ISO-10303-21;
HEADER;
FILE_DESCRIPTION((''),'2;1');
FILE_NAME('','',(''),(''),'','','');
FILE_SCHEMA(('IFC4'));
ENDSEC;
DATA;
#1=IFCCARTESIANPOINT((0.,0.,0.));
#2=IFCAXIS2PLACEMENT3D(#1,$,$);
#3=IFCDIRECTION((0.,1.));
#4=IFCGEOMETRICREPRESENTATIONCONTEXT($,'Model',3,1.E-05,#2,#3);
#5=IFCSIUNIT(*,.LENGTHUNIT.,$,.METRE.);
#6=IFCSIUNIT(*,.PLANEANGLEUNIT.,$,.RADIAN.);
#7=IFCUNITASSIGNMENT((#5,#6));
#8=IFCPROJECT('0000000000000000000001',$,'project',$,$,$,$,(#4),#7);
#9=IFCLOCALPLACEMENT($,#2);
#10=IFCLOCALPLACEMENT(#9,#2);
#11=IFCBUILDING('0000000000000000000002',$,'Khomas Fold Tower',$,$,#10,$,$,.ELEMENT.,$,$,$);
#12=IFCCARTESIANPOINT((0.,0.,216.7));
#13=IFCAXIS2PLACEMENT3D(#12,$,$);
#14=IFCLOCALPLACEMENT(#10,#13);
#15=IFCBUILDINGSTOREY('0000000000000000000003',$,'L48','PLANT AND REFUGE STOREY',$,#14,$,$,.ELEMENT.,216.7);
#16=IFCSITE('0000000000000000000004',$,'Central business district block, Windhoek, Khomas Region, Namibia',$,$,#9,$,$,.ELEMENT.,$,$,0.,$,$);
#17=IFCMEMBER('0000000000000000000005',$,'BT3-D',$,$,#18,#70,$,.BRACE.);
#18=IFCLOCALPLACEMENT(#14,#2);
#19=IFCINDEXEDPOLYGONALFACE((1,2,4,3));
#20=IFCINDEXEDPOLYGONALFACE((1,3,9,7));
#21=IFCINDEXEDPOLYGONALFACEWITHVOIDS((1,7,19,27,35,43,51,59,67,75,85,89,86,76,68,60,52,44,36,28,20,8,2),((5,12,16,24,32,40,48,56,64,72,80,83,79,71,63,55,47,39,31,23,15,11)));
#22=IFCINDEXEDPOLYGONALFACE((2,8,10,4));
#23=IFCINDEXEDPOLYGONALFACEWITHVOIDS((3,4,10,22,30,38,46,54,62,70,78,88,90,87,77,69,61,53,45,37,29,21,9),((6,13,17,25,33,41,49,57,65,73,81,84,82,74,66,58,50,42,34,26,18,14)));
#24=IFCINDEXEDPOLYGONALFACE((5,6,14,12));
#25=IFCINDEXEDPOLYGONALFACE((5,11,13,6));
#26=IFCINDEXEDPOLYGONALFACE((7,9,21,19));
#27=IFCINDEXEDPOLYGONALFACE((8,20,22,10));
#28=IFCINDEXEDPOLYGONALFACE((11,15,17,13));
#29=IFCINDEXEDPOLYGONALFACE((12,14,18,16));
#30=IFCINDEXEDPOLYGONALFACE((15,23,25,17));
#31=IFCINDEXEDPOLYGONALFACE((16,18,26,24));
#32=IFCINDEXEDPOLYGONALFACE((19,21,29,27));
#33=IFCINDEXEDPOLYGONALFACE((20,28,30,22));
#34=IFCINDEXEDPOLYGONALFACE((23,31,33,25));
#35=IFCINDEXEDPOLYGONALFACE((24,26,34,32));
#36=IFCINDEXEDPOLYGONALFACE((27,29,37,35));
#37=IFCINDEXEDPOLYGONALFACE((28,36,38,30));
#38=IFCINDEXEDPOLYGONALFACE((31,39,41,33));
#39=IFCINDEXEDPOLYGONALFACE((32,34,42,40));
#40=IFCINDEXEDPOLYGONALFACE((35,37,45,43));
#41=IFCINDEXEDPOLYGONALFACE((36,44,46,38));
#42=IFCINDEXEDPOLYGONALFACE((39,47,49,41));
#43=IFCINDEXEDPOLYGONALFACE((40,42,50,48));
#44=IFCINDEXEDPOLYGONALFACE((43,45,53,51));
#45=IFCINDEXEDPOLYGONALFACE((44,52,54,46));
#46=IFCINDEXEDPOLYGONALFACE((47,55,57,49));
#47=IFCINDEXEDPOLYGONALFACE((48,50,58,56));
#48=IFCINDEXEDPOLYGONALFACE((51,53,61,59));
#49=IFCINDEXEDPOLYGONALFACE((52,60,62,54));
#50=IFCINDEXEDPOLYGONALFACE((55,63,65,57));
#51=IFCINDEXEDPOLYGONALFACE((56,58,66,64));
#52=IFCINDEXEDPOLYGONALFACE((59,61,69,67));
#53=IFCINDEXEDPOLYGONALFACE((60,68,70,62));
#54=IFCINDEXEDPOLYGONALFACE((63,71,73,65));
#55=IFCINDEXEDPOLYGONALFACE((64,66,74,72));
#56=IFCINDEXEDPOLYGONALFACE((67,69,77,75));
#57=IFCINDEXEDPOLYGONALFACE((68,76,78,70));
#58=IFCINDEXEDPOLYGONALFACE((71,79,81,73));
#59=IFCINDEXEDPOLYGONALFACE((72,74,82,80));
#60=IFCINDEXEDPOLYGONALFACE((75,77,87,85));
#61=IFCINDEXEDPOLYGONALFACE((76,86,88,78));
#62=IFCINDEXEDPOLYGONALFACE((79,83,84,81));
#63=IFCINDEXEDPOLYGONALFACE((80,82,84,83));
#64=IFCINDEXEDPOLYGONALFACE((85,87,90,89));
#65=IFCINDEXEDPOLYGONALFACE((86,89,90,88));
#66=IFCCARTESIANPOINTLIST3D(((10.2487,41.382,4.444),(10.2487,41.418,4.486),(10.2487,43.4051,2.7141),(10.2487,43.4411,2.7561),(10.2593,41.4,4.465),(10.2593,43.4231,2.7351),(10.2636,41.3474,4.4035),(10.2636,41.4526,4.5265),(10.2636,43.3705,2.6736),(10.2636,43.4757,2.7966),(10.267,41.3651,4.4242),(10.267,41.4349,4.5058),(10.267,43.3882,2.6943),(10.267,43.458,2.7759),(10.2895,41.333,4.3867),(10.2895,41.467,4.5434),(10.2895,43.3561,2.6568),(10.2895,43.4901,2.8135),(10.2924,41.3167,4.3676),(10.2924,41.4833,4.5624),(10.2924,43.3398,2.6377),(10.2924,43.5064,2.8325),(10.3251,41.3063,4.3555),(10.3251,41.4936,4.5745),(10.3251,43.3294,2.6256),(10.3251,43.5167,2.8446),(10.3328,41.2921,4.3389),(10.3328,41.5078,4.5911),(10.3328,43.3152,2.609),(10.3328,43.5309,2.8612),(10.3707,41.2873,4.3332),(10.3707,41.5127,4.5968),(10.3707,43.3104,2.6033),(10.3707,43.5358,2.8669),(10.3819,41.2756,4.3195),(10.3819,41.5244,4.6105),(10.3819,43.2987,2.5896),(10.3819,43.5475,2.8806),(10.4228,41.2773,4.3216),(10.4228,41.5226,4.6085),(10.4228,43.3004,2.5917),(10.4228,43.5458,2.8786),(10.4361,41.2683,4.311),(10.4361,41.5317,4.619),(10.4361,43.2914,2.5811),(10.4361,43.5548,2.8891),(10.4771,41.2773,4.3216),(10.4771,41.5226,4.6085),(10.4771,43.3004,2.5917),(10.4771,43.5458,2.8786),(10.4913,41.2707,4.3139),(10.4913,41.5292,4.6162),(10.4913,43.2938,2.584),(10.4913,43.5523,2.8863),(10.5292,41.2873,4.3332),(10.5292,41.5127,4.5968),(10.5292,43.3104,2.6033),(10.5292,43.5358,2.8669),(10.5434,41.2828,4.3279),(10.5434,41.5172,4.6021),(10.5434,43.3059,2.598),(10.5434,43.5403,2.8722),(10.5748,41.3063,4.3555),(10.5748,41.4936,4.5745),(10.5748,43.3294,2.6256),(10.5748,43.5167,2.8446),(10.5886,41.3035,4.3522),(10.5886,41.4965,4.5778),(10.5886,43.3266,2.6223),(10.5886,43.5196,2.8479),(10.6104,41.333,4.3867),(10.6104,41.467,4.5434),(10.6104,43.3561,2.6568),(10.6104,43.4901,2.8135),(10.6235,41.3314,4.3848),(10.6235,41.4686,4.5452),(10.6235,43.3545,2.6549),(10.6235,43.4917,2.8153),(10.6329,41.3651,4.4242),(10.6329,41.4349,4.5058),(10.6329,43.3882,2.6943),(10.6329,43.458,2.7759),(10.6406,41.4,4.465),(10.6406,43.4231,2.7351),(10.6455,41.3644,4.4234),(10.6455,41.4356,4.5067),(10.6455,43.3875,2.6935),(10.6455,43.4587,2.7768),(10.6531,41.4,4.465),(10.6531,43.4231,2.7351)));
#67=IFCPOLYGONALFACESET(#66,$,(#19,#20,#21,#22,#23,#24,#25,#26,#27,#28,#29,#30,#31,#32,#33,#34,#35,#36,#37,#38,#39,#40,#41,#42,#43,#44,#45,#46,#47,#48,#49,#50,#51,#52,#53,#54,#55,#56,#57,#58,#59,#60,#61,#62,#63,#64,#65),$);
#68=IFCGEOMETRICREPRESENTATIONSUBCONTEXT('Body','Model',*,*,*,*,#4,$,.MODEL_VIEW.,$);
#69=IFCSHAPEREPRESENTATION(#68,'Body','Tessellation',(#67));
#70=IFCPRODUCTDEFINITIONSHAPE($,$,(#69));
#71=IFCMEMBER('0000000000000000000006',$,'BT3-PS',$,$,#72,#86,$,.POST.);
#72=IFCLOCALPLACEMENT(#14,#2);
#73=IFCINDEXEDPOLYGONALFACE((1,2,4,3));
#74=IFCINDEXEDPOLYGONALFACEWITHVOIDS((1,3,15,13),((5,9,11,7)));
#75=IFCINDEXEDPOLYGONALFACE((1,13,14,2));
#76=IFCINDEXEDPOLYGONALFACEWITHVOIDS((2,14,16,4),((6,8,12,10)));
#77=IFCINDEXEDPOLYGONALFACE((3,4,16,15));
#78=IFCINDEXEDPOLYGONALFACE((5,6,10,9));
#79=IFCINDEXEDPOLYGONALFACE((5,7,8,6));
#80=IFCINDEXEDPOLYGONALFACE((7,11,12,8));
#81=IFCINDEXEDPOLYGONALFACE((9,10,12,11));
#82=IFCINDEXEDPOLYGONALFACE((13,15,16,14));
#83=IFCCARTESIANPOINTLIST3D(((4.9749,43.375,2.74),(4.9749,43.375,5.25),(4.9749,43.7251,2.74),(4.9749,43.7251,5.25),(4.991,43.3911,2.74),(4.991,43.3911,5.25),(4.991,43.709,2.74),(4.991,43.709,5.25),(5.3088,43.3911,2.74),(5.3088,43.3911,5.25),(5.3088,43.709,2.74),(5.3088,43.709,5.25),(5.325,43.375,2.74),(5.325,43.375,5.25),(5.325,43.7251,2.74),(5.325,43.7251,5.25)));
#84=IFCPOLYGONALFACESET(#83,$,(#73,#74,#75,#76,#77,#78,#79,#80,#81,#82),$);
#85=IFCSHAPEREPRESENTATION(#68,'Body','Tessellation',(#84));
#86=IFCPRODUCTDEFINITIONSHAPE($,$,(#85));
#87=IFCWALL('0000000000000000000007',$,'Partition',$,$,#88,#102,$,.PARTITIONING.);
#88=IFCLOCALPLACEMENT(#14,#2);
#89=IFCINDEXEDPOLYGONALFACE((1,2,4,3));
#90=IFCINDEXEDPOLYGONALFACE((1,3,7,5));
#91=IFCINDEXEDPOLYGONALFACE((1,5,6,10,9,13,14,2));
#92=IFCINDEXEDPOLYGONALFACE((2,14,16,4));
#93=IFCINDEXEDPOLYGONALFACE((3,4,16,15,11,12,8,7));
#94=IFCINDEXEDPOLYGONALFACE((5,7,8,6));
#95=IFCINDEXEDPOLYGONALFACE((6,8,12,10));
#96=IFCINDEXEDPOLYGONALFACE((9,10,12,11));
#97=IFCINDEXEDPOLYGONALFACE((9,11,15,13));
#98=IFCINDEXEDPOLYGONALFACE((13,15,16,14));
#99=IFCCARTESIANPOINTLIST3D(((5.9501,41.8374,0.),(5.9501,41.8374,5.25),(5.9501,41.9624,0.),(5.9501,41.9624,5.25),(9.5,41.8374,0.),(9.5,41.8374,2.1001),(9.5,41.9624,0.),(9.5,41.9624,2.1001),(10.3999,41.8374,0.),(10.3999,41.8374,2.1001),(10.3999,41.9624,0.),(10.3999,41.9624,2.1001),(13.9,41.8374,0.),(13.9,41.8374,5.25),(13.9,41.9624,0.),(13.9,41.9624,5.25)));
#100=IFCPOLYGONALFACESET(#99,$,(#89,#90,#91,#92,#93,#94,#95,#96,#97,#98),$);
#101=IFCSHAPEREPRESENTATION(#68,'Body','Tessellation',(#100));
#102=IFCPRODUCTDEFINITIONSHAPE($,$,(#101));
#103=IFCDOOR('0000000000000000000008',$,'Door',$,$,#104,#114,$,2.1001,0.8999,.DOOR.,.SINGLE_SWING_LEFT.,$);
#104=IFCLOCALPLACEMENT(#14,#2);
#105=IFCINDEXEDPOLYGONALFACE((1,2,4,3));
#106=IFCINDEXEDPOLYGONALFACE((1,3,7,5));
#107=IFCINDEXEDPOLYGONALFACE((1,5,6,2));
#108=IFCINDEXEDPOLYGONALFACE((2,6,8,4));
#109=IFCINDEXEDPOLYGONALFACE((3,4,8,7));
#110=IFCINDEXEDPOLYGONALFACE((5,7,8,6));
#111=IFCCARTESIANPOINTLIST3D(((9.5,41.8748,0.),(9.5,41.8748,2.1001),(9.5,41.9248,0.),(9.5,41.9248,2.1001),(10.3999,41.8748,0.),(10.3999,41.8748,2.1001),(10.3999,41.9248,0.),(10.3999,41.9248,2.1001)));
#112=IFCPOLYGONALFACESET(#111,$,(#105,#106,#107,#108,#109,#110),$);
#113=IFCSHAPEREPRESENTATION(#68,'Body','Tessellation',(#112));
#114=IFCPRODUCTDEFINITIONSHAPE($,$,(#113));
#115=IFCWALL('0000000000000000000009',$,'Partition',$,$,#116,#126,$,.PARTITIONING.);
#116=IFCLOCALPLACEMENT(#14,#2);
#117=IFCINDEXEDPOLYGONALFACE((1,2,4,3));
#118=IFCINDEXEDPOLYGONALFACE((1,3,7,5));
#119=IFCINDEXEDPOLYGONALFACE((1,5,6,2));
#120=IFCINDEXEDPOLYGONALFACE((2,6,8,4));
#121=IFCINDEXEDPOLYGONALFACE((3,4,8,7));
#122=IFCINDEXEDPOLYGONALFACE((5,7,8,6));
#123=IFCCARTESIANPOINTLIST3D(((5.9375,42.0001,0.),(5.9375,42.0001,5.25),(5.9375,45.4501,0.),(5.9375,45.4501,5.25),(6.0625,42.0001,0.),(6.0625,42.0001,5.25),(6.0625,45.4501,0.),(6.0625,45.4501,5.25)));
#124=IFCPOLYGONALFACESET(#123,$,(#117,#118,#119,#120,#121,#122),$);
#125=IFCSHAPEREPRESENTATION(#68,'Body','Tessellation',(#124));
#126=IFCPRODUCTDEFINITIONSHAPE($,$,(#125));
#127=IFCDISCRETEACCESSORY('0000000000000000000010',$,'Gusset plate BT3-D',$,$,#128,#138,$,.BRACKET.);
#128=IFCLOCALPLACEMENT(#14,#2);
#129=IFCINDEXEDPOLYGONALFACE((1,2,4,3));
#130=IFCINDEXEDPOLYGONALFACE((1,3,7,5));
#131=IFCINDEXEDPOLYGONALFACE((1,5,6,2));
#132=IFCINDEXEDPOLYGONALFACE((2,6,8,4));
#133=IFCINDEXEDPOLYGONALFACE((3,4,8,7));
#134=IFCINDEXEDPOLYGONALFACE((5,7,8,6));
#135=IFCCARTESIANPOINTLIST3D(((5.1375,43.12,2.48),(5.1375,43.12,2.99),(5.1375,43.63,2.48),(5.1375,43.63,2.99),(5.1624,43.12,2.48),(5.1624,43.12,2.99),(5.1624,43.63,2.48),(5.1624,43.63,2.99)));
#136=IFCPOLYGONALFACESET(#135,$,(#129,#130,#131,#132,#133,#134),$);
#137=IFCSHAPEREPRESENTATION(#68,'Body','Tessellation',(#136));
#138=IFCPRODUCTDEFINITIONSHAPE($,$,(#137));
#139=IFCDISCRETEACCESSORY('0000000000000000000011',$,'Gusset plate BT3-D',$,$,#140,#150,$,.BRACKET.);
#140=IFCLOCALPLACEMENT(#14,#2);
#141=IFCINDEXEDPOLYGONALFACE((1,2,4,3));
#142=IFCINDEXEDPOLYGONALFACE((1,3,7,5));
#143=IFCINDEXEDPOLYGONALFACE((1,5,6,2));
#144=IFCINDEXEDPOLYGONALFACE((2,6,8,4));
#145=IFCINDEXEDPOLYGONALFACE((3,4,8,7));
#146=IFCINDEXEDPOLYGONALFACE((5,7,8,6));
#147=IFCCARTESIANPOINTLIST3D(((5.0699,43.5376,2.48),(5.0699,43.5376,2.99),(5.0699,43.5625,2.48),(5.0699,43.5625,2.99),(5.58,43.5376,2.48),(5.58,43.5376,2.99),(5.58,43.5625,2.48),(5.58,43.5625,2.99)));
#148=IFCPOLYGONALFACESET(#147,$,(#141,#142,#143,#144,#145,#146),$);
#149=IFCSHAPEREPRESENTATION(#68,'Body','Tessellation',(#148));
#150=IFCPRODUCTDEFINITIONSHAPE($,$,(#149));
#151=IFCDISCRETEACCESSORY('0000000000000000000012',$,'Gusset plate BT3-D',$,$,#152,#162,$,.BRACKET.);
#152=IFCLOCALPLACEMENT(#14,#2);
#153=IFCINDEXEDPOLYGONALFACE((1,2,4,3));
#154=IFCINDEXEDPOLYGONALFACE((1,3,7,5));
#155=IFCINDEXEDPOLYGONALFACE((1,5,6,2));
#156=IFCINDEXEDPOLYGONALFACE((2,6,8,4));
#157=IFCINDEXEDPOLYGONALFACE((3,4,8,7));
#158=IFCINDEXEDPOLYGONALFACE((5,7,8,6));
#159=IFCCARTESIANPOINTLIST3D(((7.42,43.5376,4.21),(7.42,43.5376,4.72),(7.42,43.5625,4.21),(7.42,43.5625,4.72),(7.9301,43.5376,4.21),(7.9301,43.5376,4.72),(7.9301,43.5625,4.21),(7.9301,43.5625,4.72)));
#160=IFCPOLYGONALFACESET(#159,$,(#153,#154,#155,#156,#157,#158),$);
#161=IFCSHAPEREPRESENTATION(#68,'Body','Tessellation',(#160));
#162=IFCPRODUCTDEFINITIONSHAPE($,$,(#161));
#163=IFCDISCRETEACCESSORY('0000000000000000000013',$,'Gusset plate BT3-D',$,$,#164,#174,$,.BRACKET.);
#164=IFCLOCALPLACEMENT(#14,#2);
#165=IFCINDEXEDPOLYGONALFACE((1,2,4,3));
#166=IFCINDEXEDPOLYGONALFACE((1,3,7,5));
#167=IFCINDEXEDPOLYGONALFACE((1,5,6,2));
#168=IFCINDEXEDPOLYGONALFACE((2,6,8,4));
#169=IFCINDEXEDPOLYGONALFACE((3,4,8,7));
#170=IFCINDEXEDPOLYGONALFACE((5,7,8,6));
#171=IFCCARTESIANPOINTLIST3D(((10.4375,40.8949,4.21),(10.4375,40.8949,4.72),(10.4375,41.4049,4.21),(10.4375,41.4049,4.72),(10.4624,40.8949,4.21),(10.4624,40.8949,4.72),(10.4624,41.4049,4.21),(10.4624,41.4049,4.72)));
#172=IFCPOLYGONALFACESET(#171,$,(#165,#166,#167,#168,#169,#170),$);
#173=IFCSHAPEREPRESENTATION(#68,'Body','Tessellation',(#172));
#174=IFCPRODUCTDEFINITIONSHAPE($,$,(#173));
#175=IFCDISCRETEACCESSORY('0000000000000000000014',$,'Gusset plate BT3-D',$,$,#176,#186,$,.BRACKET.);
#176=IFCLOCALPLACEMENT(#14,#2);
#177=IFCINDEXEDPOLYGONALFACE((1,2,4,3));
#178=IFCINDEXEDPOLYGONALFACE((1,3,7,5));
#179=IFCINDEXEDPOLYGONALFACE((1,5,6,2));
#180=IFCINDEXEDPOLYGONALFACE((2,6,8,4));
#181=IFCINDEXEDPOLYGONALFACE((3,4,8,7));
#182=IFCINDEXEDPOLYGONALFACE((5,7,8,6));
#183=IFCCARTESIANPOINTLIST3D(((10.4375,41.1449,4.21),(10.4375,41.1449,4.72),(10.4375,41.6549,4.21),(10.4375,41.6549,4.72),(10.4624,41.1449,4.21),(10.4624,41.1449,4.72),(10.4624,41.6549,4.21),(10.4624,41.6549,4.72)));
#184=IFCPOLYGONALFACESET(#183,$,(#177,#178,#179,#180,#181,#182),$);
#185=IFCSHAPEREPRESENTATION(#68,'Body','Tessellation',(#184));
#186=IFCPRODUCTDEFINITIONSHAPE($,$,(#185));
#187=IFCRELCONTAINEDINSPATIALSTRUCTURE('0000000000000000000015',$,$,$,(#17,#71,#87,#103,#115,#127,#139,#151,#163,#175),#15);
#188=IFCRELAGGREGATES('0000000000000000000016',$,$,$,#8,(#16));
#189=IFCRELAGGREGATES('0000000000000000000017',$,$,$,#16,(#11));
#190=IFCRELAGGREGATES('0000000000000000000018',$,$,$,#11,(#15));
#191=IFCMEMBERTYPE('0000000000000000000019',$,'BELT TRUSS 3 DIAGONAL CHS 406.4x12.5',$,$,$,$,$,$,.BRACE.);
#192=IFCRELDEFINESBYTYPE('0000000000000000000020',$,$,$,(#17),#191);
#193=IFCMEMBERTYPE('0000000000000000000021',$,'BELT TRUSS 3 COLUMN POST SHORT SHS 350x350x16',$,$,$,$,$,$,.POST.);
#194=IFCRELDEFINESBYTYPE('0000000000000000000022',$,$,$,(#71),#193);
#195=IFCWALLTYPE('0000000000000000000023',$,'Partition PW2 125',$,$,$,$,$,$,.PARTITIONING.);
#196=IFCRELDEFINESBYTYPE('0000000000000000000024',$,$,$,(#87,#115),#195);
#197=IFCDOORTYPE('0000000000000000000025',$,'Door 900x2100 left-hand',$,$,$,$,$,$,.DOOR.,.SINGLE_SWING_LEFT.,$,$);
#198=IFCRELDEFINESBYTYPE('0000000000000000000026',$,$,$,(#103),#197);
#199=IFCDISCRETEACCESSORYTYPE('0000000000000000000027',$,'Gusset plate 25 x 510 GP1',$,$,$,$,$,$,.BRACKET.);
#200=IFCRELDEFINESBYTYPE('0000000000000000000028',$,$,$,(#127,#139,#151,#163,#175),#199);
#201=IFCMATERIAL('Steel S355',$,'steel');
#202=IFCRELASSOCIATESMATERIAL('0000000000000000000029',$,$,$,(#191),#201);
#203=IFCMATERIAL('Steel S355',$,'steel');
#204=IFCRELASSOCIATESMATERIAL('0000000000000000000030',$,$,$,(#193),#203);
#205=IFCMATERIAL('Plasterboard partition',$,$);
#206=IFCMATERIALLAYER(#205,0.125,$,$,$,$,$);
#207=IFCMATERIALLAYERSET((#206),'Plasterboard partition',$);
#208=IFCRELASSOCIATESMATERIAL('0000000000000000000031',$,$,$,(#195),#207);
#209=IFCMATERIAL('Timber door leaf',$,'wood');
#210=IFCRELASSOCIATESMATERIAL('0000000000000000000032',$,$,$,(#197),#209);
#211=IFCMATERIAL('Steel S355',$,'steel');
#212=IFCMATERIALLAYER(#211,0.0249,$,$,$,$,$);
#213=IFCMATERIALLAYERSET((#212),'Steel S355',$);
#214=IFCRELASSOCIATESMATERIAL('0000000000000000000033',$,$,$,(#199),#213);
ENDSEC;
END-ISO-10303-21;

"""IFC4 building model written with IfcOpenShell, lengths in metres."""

from ifc_helpers import new_model, si_unit, direction, frame, frame_2d, origin, origin_2d, place, context, subcontext, project, spatial, rectangle, hollow_rectangle, hollow_circle, extrude, source, transform, mapped, material, layer, layer_set, material_profile, profile_set, type_object, element, fill, save


model = new_model("IFC4")

# Units and contexts
model_context = context("Model", 3, precision=1e-05, world=origin(), true_north=direction((0.0, 1.0)))
body_context = subcontext(model_context, "Body", "Model", "MODEL_VIEW")
ifc_project = project(units=[si_unit("LENGTHUNIT", "METRE"), si_unit("PLANEANGLEUNIT", "RADIAN")], contexts=[model_context])

# Site, building, storey
site_placement = place(None, origin())
site = spatial("IfcSite", under=ifc_project, at=site_placement, Name="Central business district block, Windhoek, Khomas Region, Namibia", CompositionType="ELEMENT", RefElevation=0.0)
building_placement = place(site_placement, origin())
building = spatial("IfcBuilding", under=site, at=building_placement, Name="Khomas Fold Tower", CompositionType="ELEMENT")
storey_placement = place(building_placement, frame((0.0, 0.0, 216.7)))
storey = spatial("IfcBuildingStorey", under=building, at=storey_placement, Name="L48", Description="PLANT AND REFUGE STOREY", CompositionType="ELEMENT", Elevation=216.7)

# Members
ifc_material_1 = material(Name="Steel S355", Category="steel")
ifc_material_profile_1 = material_profile(ifc_material_1, hollow_circle(Radius=0.2031, WallThickness=0.0125, at=origin_2d()), Name="CHS 406.4x12.5")
ifc_profile_set_1 = profile_set([ifc_material_profile_1], Name="Steel S355")
member_type_1 = type_object("IfcMemberType", Name="BELT TRUSS 3 DIAGONAL CHS 406.4x12.5", PredefinedType="BRACE", material=ifc_profile_set_1)
shared_shape_1 = source(origin(), body_context, "Body", "SweptSolid", [
    extrude(hollow_circle(Radius=0.2031, WallThickness=0.0125, at=origin_2d()), origin(), (0.0, 0.0, 1.0), 2.6619),
])
member_1_placement = place(storey_placement, frame((10.45, 43.4231, 2.7351), z_axis=(0.0, -0.760033, 0.649885), x_axis=(1.0, 0.0, 0.0)))
element("IfcMember", 1, at=member_1_placement, inside=storey, type_object=member_type_1, Name="BT3-D", PredefinedType="BRACE", context=body_context, shape_type="MappedRepresentation", body=[
    mapped(shared_shape_1, transform((0.0, 0.0, 0.0))),
])
ifc_material_2 = material(Name="Steel S355", Category="steel")
ifc_material_profile_2 = material_profile(ifc_material_2, hollow_rectangle(XDim=0.3501, YDim=0.3501, WallThickness=0.0161, at=origin_2d()), Name="SHS 350x350x16")
ifc_profile_set_2 = profile_set([ifc_material_profile_2], Name="Steel S355")
member_type_2 = type_object("IfcMemberType", Name="BELT TRUSS 3 COLUMN POST SHORT SHS 350x350x16", PredefinedType="POST", material=ifc_profile_set_2)
shared_shape_2 = source(origin(), body_context, "Body", "SweptSolid", [
    extrude(hollow_rectangle(XDim=0.3501, YDim=0.3501, WallThickness=0.0161, at=origin_2d()), origin(), (0.0, 0.0, 1.0), 2.51),
])
member_2_placement = place(storey_placement, frame((5.1499, 43.55, 2.74), z_axis=(0.0, 0.0, 1.0), x_axis=(1.0, 0.0, 0.0)))
element("IfcMember", 2, at=member_2_placement, inside=storey, type_object=member_type_2, Name="BT3-PS", PredefinedType="POST", context=body_context, shape_type="MappedRepresentation", body=[
    mapped(shared_shape_2, transform((0.0, 0.0, 0.0))),
])

# Wall, opening, door
ifc_material_3 = material(Name="Plasterboard partition")
ifc_layer_1 = layer(ifc_material_3, 0.125)
ifc_layer_set_1 = layer_set([ifc_layer_1], Name="Plasterboard partition")
wall_type = type_object("IfcWallType", Name="Partition PW2 125", PredefinedType="PARTITIONING", material=ifc_layer_set_1)
shared_shape_3 = source(origin(), body_context, "Body", "SweptSolid", [
    extrude(rectangle(XDim=7.95, YDim=0.125, at=frame_2d((3.9751, 0.0))), origin(), (0.0, 0.0, 1.0), 5.25),
])
wall_1_placement = place(storey_placement, frame((5.95, 41.8999, 0.0), z_axis=(0.0, 0.0, 1.0), x_axis=(1.0, 0.0, 0.0)))
wall_1 = element("IfcWall", 3, at=wall_1_placement, inside=storey, type_object=wall_type, Name="Partition", PredefinedType="PARTITIONING", context=body_context, shape_type="MappedRepresentation", body=[
    mapped(shared_shape_3, transform((0.0, 0.0, 0.0))),
])
shared_shape_4 = source(origin(), body_context, "Body", "SweptSolid", [
    extrude(rectangle(XDim=0.8999, YDim=2.1001, at=frame_2d((0.45, 1.05))), frame((0.0, 0.0725, 0.0), z_axis=(0.0, -1.0, 0.0), x_axis=(1.0, 0.0, 0.0)), (0.0, 0.0, 1.0), 0.145),
])
opening_placement = place(wall_1_placement, frame((3.55, 0.0, 0.0)))
opening = element("IfcOpeningElement", 4, at=opening_placement, cuts=wall_1, PredefinedType="OPENING", context=body_context, shape_type="MappedRepresentation", body=[
    mapped(shared_shape_4, transform((0.0, 0.0, 0.0))),
])
ifc_material_4 = material(Name="Timber door leaf", Category="wood")
door_type = type_object("IfcDoorType", Name="Door 900x2100 left-hand", OperationType="SINGLE_SWING_LEFT", PredefinedType="DOOR", material=ifc_material_4)
shared_shape_5 = source(origin(), body_context, "Body", "SweptSolid", [
    extrude(rectangle(XDim=0.8999, YDim=2.1001, at=frame_2d((0.45, 1.05))), frame((0.0, 0.0249, 0.0), z_axis=(0.0, -1.0, 0.0), x_axis=(1.0, 0.0, 0.0)), (0.0, 0.0, 1.0), 0.05),
])
door_placement = place(opening_placement, origin())
door = element("IfcDoor", 5, at=door_placement, inside=storey, type_object=door_type, Name="Door", OperationType="SINGLE_SWING_LEFT", OverallHeight=2.1001, OverallWidth=0.8999, PredefinedType="DOOR", context=body_context, shape_type="MappedRepresentation", body=[
    mapped(shared_shape_5, transform((0.0, 0.0, 0.0))),
])
fill(opening, door)

# Wall
shared_shape_6 = source(origin(), body_context, "Body", "SweptSolid", [
    extrude(rectangle(XDim=3.45, YDim=0.125, at=frame_2d((1.7251, 0.0))), origin(), (0.0, 0.0, 1.0), 5.25),
])
wall_2_placement = place(storey_placement, frame((6.0, 42.0, 0.0), z_axis=(0.0, 0.0, 1.0), x_axis=(0.0, 1.0, 0.0)))
element("IfcWall", 6, at=wall_2_placement, inside=storey, type_object=wall_type, Name="Partition", PredefinedType="PARTITIONING", context=body_context, shape_type="MappedRepresentation", body=[
    mapped(shared_shape_6, transform((0.0, 0.0, 0.0))),
])

# Discrete accessories
ifc_material_5 = material(Name="Steel S355", Category="steel")
ifc_layer_2 = layer(ifc_material_5, 0.0249)
ifc_layer_set_2 = layer_set([ifc_layer_2], Name="Steel S355")
discrete_accessory_type = type_object("IfcDiscreteAccessoryType", Name="Gusset plate 25 x 510 GP1", PredefinedType="BRACKET", material=ifc_layer_set_2)
shared_shape_7 = source(origin(), body_context, "Body", "SweptSolid", [
    extrude(rectangle(XDim=0.51, YDim=0.0249, at=origin_2d()), origin(), (0.0, 0.0, 1.0), 0.51),
])
for number, where, z_axis, x_axis, name in (
    (7, (5.1499, 43.375, 2.48), (0.0, 0.0, 1.0), (0.0, 1.0, 0.0), "Gusset plate BT3-D"),
    (8, (5.325, 43.55, 2.48), (0.0, 0.0, 1.0), (1.0, 0.0, 0.0), "Gusset plate BT3-D"),
    (9, (7.675, 43.55, 4.21), (0.0, 0.0, 1.0), (1.0, 0.0, 0.0), "Gusset plate BT3-D"),
    (10, (10.45, 41.1499, 4.21), (0.0, 0.0, 1.0), (0.0, 1.0, 0.0), "Gusset plate BT3-D"),
    (11, (10.45, 41.3999, 4.21), (0.0, 0.0, 1.0), (0.0, 1.0, 0.0), "Gusset plate BT3-D"),
):
    element("IfcDiscreteAccessory", number, at=place(storey_placement, frame(where, z_axis=z_axis, x_axis=x_axis)), inside=storey, type_object=discrete_accessory_type, Name=name, PredefinedType="BRACKET", context=body_context, shape_type="MappedRepresentation", body=[
        mapped(shared_shape_7, transform((0.0, 0.0, 0.0))),
    ])

save(model, "model.ifc")
